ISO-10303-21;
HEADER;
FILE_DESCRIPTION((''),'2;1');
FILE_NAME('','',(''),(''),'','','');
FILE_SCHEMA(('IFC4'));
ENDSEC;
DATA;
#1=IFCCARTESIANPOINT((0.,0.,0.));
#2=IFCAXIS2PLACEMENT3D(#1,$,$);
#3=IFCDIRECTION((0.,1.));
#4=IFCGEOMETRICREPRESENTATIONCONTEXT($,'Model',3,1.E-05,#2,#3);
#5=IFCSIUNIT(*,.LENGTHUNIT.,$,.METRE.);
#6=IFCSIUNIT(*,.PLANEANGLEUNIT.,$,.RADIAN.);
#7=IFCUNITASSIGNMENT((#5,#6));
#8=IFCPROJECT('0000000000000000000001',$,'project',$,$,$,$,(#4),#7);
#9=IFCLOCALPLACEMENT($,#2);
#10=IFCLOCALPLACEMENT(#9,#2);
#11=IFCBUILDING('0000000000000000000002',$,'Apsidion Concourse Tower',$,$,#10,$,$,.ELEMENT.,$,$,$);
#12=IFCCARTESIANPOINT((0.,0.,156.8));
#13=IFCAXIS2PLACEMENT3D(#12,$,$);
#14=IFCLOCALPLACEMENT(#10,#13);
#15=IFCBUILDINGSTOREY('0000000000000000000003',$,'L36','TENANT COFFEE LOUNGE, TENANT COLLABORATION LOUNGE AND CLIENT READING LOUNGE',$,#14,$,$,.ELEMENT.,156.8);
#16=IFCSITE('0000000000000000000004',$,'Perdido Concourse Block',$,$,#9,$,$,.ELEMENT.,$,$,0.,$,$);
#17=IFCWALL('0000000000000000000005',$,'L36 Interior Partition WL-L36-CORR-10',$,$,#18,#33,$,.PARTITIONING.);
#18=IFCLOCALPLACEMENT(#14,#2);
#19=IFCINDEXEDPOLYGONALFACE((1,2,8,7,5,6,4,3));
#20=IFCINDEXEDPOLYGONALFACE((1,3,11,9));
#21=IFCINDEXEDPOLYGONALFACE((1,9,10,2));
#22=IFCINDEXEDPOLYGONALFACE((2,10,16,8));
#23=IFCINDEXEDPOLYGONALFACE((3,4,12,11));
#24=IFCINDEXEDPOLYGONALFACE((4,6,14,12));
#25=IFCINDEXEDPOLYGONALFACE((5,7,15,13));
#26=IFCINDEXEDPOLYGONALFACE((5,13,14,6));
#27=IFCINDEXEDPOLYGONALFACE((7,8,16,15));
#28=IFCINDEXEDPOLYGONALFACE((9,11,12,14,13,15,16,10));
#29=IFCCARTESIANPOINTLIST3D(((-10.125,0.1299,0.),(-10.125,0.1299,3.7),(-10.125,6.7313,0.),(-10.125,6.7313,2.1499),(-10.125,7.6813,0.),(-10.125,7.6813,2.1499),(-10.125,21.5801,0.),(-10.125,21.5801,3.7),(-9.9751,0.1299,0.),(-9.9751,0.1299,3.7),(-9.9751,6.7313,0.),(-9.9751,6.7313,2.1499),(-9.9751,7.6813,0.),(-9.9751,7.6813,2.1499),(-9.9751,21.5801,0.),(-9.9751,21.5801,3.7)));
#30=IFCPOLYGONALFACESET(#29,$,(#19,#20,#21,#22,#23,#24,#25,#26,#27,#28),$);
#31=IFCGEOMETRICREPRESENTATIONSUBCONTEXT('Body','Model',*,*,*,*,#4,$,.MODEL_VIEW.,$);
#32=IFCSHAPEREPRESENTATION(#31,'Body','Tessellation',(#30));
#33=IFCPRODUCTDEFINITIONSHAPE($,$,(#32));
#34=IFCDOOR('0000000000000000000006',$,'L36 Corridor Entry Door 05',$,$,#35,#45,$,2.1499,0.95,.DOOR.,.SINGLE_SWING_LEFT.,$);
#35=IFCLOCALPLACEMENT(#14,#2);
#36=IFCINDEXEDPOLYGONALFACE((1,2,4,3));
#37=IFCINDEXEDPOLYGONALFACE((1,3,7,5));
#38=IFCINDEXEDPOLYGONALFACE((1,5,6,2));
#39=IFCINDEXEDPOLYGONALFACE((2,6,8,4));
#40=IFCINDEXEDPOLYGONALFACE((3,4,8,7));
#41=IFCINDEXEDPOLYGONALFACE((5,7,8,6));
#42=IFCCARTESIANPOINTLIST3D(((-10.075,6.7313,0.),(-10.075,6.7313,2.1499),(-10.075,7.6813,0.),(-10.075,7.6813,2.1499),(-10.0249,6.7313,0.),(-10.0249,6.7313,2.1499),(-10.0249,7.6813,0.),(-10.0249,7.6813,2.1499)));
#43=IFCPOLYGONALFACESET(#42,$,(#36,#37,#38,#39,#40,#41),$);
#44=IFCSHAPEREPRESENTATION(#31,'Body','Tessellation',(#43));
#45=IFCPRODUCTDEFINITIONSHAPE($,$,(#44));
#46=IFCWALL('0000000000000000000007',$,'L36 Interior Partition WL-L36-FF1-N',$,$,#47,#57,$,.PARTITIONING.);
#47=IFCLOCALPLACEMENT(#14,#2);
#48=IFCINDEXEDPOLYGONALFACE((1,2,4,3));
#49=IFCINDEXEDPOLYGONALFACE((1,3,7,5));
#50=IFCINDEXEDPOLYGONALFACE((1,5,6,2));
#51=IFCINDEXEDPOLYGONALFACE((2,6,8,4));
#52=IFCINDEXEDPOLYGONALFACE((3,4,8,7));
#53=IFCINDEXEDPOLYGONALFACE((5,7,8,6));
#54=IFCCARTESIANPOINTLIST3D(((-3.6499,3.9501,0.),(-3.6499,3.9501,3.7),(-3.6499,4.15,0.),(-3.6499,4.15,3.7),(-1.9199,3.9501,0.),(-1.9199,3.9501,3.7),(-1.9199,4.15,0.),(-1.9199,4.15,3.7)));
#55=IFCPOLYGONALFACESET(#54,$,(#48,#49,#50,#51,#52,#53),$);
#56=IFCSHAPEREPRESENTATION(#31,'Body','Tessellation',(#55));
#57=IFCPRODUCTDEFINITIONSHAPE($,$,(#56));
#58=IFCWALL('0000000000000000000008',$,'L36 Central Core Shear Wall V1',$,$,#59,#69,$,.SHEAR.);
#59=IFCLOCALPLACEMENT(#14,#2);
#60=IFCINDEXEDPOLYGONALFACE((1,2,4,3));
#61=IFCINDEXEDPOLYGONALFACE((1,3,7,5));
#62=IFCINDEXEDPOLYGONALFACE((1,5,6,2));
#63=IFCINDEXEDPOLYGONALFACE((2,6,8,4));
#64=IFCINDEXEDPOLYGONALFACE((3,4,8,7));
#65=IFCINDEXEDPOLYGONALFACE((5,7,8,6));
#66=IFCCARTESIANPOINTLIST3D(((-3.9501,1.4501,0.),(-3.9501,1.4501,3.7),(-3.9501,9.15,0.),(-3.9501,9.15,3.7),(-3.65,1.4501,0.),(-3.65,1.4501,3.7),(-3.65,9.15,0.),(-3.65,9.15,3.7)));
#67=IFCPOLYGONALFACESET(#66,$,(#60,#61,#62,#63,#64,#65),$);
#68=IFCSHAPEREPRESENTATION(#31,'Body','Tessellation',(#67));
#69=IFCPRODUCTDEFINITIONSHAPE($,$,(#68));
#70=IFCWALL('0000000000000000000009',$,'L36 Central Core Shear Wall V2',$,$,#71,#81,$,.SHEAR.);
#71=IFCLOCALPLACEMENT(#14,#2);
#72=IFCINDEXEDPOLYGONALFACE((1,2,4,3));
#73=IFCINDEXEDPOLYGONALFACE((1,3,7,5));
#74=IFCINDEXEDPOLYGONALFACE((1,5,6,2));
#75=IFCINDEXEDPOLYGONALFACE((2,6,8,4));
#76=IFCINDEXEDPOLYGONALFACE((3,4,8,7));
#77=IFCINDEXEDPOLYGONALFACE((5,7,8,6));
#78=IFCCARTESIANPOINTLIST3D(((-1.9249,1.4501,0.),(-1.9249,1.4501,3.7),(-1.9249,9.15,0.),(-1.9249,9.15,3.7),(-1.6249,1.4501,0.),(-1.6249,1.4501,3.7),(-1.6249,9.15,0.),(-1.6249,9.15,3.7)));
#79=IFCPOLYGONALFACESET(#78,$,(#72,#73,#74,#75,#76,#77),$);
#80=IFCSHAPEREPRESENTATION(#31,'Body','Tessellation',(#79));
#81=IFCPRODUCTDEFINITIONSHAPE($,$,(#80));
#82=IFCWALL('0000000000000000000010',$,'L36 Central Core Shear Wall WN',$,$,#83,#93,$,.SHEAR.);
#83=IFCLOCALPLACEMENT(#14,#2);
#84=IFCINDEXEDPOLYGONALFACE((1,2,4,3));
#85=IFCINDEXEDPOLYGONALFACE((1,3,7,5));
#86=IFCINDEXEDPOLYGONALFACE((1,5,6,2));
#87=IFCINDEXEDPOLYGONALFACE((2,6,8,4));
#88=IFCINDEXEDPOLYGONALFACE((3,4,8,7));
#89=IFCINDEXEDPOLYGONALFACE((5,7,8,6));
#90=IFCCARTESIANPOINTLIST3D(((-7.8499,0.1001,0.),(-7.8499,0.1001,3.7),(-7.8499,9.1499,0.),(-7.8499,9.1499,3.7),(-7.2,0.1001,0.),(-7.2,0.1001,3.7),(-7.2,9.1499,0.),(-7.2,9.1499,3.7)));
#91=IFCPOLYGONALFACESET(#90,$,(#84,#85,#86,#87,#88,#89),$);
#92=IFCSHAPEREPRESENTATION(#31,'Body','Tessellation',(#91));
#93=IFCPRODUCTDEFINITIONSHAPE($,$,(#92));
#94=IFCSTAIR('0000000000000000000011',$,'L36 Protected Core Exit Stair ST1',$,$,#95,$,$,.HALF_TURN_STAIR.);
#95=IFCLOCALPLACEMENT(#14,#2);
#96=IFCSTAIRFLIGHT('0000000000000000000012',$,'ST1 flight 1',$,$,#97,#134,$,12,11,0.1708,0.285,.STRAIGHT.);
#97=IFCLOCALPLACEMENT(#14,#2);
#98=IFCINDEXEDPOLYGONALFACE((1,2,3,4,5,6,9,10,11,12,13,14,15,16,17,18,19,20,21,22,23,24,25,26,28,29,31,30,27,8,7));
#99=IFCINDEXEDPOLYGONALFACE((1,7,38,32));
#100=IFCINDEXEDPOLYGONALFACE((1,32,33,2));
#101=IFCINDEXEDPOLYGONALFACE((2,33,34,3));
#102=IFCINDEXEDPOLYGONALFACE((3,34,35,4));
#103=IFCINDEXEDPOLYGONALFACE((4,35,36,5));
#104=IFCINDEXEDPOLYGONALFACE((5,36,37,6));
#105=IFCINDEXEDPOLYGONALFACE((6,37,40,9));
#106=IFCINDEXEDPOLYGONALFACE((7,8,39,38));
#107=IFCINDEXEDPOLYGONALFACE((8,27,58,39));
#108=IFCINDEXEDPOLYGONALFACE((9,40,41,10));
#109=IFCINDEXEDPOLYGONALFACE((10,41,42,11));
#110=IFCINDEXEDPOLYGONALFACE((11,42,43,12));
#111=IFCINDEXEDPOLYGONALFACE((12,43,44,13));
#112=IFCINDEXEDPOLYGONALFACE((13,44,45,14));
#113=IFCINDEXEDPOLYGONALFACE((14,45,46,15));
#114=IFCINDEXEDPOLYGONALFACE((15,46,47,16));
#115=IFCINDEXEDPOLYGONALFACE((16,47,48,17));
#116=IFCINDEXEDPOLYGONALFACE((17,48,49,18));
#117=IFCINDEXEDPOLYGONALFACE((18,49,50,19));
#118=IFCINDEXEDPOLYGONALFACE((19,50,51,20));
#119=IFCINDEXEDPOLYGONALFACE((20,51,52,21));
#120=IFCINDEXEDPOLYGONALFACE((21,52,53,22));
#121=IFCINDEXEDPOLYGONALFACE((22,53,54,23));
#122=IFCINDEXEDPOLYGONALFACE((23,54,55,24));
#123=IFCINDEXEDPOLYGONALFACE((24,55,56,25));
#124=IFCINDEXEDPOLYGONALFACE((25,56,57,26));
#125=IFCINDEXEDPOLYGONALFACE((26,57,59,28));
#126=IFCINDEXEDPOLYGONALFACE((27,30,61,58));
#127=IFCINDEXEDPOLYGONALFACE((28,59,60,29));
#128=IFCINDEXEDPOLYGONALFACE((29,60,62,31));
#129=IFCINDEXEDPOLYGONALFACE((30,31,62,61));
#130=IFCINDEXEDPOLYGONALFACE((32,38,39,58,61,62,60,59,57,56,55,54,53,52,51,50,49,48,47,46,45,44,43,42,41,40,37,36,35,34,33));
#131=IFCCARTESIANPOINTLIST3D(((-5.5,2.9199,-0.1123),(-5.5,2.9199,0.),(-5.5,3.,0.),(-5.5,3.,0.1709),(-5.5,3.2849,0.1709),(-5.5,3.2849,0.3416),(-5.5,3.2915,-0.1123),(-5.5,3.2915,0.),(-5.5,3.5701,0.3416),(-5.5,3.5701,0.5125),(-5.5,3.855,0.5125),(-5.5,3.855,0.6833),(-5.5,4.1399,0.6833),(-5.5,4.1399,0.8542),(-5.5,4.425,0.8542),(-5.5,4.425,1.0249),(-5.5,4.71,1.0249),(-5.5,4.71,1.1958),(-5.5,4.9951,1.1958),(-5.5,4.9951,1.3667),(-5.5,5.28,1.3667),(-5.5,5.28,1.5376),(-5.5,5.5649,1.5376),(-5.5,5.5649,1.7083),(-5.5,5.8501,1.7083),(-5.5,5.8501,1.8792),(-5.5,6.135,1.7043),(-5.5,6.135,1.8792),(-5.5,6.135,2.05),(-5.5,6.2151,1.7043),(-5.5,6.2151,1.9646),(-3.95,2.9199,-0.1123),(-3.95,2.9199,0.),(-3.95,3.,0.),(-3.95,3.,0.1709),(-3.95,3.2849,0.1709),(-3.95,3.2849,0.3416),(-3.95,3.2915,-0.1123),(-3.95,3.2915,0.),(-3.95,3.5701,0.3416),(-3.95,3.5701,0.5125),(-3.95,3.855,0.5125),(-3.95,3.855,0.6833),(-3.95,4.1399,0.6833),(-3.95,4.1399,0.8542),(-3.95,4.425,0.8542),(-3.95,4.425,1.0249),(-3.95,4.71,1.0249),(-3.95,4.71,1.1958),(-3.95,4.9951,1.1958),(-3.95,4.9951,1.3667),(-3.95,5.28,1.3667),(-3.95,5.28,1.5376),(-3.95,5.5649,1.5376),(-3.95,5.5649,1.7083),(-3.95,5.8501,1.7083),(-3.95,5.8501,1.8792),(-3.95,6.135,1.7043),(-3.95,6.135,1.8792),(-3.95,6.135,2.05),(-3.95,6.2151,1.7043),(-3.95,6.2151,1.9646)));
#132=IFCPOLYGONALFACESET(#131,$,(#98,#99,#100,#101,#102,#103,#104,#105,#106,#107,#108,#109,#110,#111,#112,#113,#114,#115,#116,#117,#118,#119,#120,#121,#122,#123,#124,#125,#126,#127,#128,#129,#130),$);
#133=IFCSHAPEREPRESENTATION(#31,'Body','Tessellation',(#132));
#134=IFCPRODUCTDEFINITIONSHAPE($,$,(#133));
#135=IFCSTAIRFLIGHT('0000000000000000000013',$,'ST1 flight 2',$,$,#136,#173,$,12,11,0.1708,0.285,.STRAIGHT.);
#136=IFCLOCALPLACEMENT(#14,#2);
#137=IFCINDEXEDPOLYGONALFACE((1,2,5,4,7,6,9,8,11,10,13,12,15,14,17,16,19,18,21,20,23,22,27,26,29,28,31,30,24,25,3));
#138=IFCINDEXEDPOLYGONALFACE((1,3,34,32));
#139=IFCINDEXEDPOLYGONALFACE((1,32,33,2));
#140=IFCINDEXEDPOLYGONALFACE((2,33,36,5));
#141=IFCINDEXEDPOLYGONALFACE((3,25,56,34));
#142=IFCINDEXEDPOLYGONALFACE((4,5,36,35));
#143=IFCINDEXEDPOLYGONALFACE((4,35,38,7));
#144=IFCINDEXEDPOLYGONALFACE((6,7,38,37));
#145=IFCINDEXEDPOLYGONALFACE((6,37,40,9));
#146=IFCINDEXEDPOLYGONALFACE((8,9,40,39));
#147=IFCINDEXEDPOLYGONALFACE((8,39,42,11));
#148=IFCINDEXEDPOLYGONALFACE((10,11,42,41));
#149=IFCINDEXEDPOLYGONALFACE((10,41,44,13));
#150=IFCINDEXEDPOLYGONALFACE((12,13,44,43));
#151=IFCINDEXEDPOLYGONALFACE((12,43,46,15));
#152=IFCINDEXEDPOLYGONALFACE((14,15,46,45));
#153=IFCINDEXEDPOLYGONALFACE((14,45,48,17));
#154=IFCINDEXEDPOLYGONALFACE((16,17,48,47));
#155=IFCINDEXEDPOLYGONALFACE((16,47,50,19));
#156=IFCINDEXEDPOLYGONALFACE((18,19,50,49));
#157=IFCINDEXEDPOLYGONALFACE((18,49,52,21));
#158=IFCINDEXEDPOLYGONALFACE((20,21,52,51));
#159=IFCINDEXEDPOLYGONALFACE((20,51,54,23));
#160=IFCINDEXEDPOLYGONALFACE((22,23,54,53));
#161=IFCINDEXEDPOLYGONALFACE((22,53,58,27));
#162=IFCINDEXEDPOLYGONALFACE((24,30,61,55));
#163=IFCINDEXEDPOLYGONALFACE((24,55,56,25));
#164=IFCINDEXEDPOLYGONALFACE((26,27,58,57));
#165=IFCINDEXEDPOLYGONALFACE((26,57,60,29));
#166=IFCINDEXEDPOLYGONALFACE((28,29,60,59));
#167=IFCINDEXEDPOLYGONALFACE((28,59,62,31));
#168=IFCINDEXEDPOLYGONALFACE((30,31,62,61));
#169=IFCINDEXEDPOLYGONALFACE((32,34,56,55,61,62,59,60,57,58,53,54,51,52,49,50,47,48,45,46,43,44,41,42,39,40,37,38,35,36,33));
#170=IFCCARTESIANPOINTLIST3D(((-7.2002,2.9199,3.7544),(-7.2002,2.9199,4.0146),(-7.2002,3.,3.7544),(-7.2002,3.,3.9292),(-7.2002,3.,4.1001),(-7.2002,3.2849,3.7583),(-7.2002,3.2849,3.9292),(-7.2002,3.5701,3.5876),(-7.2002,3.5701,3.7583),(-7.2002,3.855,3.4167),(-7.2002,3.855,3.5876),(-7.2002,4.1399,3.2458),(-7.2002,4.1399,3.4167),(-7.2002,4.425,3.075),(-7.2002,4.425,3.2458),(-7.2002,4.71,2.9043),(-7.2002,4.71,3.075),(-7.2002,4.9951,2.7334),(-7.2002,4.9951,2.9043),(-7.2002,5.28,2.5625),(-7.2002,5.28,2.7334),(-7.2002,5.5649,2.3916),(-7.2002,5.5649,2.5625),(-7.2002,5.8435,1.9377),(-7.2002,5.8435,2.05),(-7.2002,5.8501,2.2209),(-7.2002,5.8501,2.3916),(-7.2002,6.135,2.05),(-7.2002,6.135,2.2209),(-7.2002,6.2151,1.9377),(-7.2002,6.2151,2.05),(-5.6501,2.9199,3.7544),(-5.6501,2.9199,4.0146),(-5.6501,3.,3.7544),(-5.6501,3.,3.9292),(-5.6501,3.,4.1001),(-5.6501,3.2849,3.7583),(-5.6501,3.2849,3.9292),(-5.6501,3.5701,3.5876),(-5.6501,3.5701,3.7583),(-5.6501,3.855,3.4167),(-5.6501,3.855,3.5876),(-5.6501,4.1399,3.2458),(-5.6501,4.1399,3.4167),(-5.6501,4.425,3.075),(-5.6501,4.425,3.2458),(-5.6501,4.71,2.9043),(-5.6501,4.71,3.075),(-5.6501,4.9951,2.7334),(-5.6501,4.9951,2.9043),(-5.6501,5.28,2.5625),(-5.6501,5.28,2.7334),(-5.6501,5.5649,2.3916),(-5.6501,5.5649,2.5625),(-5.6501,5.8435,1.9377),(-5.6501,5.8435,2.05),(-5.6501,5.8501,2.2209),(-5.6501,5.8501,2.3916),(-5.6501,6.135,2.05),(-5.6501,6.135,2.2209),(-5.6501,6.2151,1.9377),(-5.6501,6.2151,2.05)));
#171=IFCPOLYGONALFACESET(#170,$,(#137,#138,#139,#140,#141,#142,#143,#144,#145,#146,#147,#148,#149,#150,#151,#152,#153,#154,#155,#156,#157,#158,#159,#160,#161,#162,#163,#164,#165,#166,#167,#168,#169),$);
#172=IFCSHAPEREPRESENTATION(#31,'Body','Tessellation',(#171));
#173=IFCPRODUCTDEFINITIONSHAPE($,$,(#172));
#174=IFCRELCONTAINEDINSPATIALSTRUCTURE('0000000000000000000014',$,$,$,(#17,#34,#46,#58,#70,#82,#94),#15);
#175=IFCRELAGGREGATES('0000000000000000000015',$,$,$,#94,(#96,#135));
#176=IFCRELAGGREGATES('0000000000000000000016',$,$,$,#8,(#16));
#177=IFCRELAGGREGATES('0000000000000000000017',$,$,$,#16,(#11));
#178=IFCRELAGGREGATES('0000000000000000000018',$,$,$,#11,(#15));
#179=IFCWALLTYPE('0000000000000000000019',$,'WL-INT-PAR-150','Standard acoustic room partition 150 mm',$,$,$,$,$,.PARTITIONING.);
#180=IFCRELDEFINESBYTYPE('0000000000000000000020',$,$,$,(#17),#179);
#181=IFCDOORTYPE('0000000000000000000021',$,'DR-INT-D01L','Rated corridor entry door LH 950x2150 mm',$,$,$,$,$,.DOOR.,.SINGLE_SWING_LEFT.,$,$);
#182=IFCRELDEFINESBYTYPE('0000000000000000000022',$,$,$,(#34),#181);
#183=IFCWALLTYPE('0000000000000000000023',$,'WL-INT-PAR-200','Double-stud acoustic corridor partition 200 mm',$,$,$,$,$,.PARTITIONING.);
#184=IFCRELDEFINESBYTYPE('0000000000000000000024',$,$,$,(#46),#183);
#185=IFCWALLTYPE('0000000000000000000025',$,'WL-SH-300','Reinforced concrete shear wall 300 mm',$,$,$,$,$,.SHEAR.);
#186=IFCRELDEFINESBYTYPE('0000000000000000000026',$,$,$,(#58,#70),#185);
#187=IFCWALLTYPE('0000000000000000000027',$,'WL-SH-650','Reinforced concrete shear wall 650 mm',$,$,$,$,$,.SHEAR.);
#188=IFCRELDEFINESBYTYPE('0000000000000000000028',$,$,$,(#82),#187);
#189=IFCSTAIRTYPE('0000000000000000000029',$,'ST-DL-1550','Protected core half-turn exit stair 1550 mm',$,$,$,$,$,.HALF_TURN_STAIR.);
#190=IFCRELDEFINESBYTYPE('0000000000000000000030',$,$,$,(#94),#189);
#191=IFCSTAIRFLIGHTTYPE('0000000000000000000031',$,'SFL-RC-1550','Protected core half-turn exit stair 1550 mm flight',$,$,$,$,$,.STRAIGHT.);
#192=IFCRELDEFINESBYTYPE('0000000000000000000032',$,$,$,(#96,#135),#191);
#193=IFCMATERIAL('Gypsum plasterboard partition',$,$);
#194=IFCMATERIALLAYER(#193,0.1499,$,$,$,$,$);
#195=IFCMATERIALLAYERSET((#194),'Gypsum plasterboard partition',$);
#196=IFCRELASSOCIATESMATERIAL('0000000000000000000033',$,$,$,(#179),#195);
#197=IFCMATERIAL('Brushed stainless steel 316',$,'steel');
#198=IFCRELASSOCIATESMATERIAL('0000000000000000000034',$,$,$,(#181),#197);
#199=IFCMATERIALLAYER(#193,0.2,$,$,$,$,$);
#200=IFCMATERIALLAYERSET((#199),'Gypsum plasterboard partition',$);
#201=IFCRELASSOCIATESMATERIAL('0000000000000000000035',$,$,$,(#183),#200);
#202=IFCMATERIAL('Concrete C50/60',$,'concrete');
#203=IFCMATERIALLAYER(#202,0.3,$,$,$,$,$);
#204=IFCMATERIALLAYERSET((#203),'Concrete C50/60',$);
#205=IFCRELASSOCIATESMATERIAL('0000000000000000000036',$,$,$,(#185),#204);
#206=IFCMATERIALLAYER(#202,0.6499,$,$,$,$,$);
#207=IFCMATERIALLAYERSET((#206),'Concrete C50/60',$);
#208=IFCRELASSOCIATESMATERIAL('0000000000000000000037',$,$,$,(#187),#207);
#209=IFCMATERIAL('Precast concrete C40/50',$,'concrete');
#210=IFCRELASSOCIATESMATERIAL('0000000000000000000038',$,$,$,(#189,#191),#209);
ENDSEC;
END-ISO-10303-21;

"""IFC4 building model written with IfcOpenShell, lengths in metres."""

from ifc_helpers import new_model, si_unit, direction, frame, frame_2d, origin, place, context, subcontext, project, spatial, polyline, rectangle, outline, extrude, material, layer, layer_set, type_object, element, fill, aggregate, save


model = new_model("IFC4")

# Units and contexts
model_context = context("Model", 3, precision=1e-05, world=origin(), true_north=direction((0.0, 1.0)))
body_context = subcontext(model_context, "Body", "Model", "MODEL_VIEW")
ifc_project = project(units=[si_unit("LENGTHUNIT", "METRE"), si_unit("PLANEANGLEUNIT", "RADIAN")], contexts=[model_context])

# Site, building, storey
site_placement = place(None, origin())
site = spatial("IfcSite", under=ifc_project, at=site_placement, Name="Perdido Concourse Block", CompositionType="ELEMENT", RefElevation=0.0)
building_placement = place(site_placement, origin())
building = spatial("IfcBuilding", under=site, at=building_placement, Name="Apsidion Concourse Tower", CompositionType="ELEMENT")
storey_placement = place(building_placement, frame((0.0, 0.0, 156.8)))
storey = spatial("IfcBuildingStorey", under=building, at=storey_placement, Name="L36", Description="TENANT COFFEE LOUNGE, TENANT COLLABORATION LOUNGE AND CLIENT READING LOUNGE", CompositionType="ELEMENT", Elevation=156.8)

# Shared definitions
ifc_material_1 = material(Name="Concrete C50/60", Category="concrete")

# Shared definitions
ifc_material_2 = material(Name="Gypsum plasterboard partition")
ifc_layer_1 = layer(ifc_material_2, 0.1499)
ifc_layer_set_1 = layer_set([ifc_layer_1], Name="Gypsum plasterboard partition")
wall_type_1 = type_object("IfcWallType", Name="WL-INT-PAR-150", Description="Standard acoustic room partition 150 mm", PredefinedType="PARTITIONING", material=ifc_layer_set_1)

# Wall, opening, door
wall_1_placement = place(storey_placement, frame((-10.05, 0.1299, 0.0), z_axis=(0.0, 0.0, 1.0), x_axis=(0.0, 1.0, 0.0)))
wall_1 = element("IfcWall", 1, at=wall_1_placement, inside=storey, type_object=wall_type_1, Name="L36 Interior Partition WL-L36-CORR-10", PredefinedType="PARTITIONING", context=body_context, shape_type="SweptSolid", body=[
    extrude(rectangle(XDim=21.4502, YDim=0.1499, at=frame_2d((10.7251, 0.0))), origin(), (0.0, 0.0, 1.0), 3.7),
])
opening_1_placement = place(wall_1_placement, frame((6.6013, 0.0, 0.0)))
opening_1 = element("IfcOpeningElement", 2, at=opening_1_placement, cuts=wall_1, PredefinedType="OPENING", context=body_context, shape_type="SweptSolid", body=[
    extrude(rectangle(XDim=0.95, YDim=2.1499, at=frame_2d((0.4751, 1.075))), frame((0.0, 0.085, 0.0), z_axis=(0.0, -1.0, 0.0), x_axis=(1.0, 0.0, 0.0)), (0.0, 0.0, 1.0), 0.1699),
])
ifc_material_3 = material(Name="Brushed stainless steel 316", Category="steel")
door_type_1 = type_object("IfcDoorType", Name="DR-INT-D01L", Description="Rated corridor entry door LH 950x2150 mm", OperationType="SINGLE_SWING_LEFT", PredefinedType="DOOR", material=ifc_material_3)
door_1_placement = place(opening_1_placement, origin())
door_1 = element("IfcDoor", 3, at=door_1_placement, inside=storey, type_object=door_type_1, Name="L36 Corridor Entry Door 05", OperationType="SINGLE_SWING_LEFT", OverallHeight=2.1499, OverallWidth=0.95, PredefinedType="DOOR", context=body_context, shape_type="SweptSolid", body=[
    extrude(rectangle(XDim=0.95, YDim=2.1499, at=frame_2d((0.4751, 1.075))), frame((0.0, 0.0249, 0.0), z_axis=(0.0, -1.0, 0.0), x_axis=(1.0, 0.0, 0.0)), (0.0, 0.0, 1.0), 0.05),
])
fill(opening_1, door_1)

# Walls
ifc_layer_2 = layer(ifc_material_2, 0.2)
ifc_layer_set_2 = layer_set([ifc_layer_2], Name="Gypsum plasterboard partition")
wall_type_2 = type_object("IfcWallType", Name="WL-INT-PAR-200", Description="Double-stud acoustic corridor partition 200 mm", PredefinedType="PARTITIONING", material=ifc_layer_set_2)
wall_2_placement = place(storey_placement, frame((-3.6499, 4.05, 0.0), z_axis=(0.0, 0.0, 1.0), x_axis=(1.0, 0.0, 0.0)))
element("IfcWall", 4, at=wall_2_placement, inside=storey, type_object=wall_type_2, Name="L36 Interior Partition WL-L36-FF1-N", PredefinedType="PARTITIONING", context=body_context, shape_type="SweptSolid", body=[
    extrude(rectangle(XDim=1.73, YDim=0.2, at=frame_2d((0.865, 0.0))), origin(), (0.0, 0.0, 1.0), 3.7),
])
ifc_layer_3 = layer(ifc_material_1, 0.3)
ifc_layer_set_3 = layer_set([ifc_layer_3], Name="Concrete C50/60")
wall_type_3 = type_object("IfcWallType", Name="WL-SH-300", Description="Reinforced concrete shear wall 300 mm", PredefinedType="SHEAR", material=ifc_layer_set_3)
for number, where, z_axis, x_axis, name in (
    (5, (-3.8, 1.45, 0.0), (0.0, 0.0, 1.0), (0.0, 1.0, 0.0), "L36 Central Core Shear Wall V1"),
    (6, (-1.7749, 1.45, 0.0), (0.0, 0.0, 1.0), (0.0, 1.0, 0.0), "L36 Central Core Shear Wall V2"),
):
    element("IfcWall", number, at=place(storey_placement, frame(where, z_axis=z_axis, x_axis=x_axis)), inside=storey, type_object=wall_type_3, Name=name, PredefinedType="SHEAR", context=body_context, shape_type="SweptSolid", body=[
        extrude(rectangle(XDim=7.7, YDim=0.3, at=frame_2d((3.8501, 0.0))), origin(), (0.0, 0.0, 1.0), 3.7),
    ])

# Wall
ifc_layer_4 = layer(ifc_material_1, 0.6499)
ifc_layer_set_4 = layer_set([ifc_layer_4], Name="Concrete C50/60")
wall_type_4 = type_object("IfcWallType", Name="WL-SH-650", Description="Reinforced concrete shear wall 650 mm", PredefinedType="SHEAR", material=ifc_layer_set_4)
wall_3_placement = place(storey_placement, frame((-7.5249, 0.1001, 0.0), z_axis=(0.0, 0.0, 1.0), x_axis=(0.0, 1.0, 0.0)))
element("IfcWall", 7, at=wall_3_placement, inside=storey, type_object=wall_type_4, Name="L36 Central Core Shear Wall WN", PredefinedType="SHEAR", context=body_context, shape_type="SweptSolid", body=[
    extrude(rectangle(XDim=9.0498, YDim=0.6499, at=frame_2d((4.5249, 0.0))), origin(), (0.0, 0.0, 1.0), 3.7),
])

# Stair, stair flights
ifc_material_4 = material(Name="Precast concrete C40/50", Category="concrete")
stair_type = type_object("IfcStairType", Name="ST-DL-1550", Description="Protected core half-turn exit stair 1550 mm", PredefinedType="HALF_TURN_STAIR", material=ifc_material_4)
stair_1_placement = place(storey_placement, origin())
stair_1 = element("IfcStair", 8, at=stair_1_placement, inside=storey, type_object=stair_type, Name="L36 Protected Core Exit Stair ST1", PredefinedType="HALF_TURN_STAIR")
stair_flight_type = type_object("IfcStairFlightType", Name="SFL-RC-1550", Description="Protected core half-turn exit stair 1550 mm flight", PredefinedType="STRAIGHT", material=ifc_material_4)
stair_flight_1_placement = place(storey_placement, frame((-4.7251, 3.0, 0.0), z_axis=(0.0, 0.0, 1.0), x_axis=(0.0, 1.0, 0.0)))
stair_flight_1 = element("IfcStairFlight", 9, at=stair_flight_1_placement, type_object=stair_flight_type, Name="ST1 flight 1", NumberOfRisers=12, NumberOfTreads=11, PredefinedType="STRAIGHT", RiserHeight=0.1708, TreadLength=0.285, context=body_context, shape_type="SweptSolid", body=[
    extrude(outline(polyline([(-0.0801, -0.1123), (-0.0801, 0.0), (0.0, 0.0), (0.0, 0.1709), (0.2849, 0.1709), (0.2849, 0.3416), (0.5701, 0.3416), (0.5701, 0.5125), (0.855, 0.5125), (0.855, 0.6833), (1.1399, 0.6833), (1.1399, 0.8542), (1.425, 0.8542), (1.425, 1.0249), (1.71, 1.0249), (1.71, 1.1958), (1.9951, 1.1958), (1.9951, 1.3667), (2.28, 1.3667), (2.28, 1.5376), (2.5649, 1.5376), (2.5649, 1.7083), (2.8501, 1.7083), (2.8501, 1.8792), (3.135, 1.8792), (3.135, 2.05), (3.2151, 1.9646), (3.2151, 1.7043), (3.135, 1.7043), (0.2915, 0.0), (0.2915, -0.1123), (-0.0801, -0.1123)])), frame((0.0, 0.7749, 0.0), z_axis=(0.0, -1.0, 0.0), x_axis=(1.0, 0.0, 0.0)), (0.0, 0.0, 1.0), 1.55),
])
stair_flight_2_placement = place(storey_placement, frame((-6.425, 6.135, 2.05), z_axis=(0.0, 0.0, 1.0), x_axis=(0.0, -1.0, 0.0)))
stair_flight_2 = element("IfcStairFlight", 10, at=stair_flight_2_placement, type_object=stair_flight_type, Name="ST1 flight 2", NumberOfRisers=12, NumberOfTreads=11, PredefinedType="STRAIGHT", RiserHeight=0.1708, TreadLength=0.285, context=body_context, shape_type="SweptSolid", body=[
    extrude(outline(polyline([(-0.0801, -0.1123), (-0.0801, 0.0), (0.0, 0.0), (0.0, 0.1709), (0.2849, 0.1709), (0.2849, 0.3416), (0.5701, 0.3416), (0.5701, 0.5125), (0.855, 0.5125), (0.855, 0.6833), (1.1399, 0.6833), (1.1399, 0.8542), (1.425, 0.8542), (1.425, 1.0249), (1.71, 1.0249), (1.71, 1.1958), (1.9951, 1.1958), (1.9951, 1.3667), (2.28, 1.3667), (2.28, 1.5376), (2.5649, 1.5376), (2.5649, 1.7083), (2.8501, 1.7083), (2.8501, 1.8792), (3.135, 1.8792), (3.135, 2.05), (3.2151, 1.9646), (3.2151, 1.7043), (3.135, 1.7043), (0.2915, 0.0), (0.2915, -0.1123), (-0.0801, -0.1123)])), frame((0.0, 0.7749, 0.0), z_axis=(0.0, -1.0, 0.0), x_axis=(1.0, 0.0, 0.0)), (0.0, 0.0, 1.0), 1.55),
])
aggregate(stair_1, [stair_flight_1, stair_flight_2])

save(model, "model.ifc")
